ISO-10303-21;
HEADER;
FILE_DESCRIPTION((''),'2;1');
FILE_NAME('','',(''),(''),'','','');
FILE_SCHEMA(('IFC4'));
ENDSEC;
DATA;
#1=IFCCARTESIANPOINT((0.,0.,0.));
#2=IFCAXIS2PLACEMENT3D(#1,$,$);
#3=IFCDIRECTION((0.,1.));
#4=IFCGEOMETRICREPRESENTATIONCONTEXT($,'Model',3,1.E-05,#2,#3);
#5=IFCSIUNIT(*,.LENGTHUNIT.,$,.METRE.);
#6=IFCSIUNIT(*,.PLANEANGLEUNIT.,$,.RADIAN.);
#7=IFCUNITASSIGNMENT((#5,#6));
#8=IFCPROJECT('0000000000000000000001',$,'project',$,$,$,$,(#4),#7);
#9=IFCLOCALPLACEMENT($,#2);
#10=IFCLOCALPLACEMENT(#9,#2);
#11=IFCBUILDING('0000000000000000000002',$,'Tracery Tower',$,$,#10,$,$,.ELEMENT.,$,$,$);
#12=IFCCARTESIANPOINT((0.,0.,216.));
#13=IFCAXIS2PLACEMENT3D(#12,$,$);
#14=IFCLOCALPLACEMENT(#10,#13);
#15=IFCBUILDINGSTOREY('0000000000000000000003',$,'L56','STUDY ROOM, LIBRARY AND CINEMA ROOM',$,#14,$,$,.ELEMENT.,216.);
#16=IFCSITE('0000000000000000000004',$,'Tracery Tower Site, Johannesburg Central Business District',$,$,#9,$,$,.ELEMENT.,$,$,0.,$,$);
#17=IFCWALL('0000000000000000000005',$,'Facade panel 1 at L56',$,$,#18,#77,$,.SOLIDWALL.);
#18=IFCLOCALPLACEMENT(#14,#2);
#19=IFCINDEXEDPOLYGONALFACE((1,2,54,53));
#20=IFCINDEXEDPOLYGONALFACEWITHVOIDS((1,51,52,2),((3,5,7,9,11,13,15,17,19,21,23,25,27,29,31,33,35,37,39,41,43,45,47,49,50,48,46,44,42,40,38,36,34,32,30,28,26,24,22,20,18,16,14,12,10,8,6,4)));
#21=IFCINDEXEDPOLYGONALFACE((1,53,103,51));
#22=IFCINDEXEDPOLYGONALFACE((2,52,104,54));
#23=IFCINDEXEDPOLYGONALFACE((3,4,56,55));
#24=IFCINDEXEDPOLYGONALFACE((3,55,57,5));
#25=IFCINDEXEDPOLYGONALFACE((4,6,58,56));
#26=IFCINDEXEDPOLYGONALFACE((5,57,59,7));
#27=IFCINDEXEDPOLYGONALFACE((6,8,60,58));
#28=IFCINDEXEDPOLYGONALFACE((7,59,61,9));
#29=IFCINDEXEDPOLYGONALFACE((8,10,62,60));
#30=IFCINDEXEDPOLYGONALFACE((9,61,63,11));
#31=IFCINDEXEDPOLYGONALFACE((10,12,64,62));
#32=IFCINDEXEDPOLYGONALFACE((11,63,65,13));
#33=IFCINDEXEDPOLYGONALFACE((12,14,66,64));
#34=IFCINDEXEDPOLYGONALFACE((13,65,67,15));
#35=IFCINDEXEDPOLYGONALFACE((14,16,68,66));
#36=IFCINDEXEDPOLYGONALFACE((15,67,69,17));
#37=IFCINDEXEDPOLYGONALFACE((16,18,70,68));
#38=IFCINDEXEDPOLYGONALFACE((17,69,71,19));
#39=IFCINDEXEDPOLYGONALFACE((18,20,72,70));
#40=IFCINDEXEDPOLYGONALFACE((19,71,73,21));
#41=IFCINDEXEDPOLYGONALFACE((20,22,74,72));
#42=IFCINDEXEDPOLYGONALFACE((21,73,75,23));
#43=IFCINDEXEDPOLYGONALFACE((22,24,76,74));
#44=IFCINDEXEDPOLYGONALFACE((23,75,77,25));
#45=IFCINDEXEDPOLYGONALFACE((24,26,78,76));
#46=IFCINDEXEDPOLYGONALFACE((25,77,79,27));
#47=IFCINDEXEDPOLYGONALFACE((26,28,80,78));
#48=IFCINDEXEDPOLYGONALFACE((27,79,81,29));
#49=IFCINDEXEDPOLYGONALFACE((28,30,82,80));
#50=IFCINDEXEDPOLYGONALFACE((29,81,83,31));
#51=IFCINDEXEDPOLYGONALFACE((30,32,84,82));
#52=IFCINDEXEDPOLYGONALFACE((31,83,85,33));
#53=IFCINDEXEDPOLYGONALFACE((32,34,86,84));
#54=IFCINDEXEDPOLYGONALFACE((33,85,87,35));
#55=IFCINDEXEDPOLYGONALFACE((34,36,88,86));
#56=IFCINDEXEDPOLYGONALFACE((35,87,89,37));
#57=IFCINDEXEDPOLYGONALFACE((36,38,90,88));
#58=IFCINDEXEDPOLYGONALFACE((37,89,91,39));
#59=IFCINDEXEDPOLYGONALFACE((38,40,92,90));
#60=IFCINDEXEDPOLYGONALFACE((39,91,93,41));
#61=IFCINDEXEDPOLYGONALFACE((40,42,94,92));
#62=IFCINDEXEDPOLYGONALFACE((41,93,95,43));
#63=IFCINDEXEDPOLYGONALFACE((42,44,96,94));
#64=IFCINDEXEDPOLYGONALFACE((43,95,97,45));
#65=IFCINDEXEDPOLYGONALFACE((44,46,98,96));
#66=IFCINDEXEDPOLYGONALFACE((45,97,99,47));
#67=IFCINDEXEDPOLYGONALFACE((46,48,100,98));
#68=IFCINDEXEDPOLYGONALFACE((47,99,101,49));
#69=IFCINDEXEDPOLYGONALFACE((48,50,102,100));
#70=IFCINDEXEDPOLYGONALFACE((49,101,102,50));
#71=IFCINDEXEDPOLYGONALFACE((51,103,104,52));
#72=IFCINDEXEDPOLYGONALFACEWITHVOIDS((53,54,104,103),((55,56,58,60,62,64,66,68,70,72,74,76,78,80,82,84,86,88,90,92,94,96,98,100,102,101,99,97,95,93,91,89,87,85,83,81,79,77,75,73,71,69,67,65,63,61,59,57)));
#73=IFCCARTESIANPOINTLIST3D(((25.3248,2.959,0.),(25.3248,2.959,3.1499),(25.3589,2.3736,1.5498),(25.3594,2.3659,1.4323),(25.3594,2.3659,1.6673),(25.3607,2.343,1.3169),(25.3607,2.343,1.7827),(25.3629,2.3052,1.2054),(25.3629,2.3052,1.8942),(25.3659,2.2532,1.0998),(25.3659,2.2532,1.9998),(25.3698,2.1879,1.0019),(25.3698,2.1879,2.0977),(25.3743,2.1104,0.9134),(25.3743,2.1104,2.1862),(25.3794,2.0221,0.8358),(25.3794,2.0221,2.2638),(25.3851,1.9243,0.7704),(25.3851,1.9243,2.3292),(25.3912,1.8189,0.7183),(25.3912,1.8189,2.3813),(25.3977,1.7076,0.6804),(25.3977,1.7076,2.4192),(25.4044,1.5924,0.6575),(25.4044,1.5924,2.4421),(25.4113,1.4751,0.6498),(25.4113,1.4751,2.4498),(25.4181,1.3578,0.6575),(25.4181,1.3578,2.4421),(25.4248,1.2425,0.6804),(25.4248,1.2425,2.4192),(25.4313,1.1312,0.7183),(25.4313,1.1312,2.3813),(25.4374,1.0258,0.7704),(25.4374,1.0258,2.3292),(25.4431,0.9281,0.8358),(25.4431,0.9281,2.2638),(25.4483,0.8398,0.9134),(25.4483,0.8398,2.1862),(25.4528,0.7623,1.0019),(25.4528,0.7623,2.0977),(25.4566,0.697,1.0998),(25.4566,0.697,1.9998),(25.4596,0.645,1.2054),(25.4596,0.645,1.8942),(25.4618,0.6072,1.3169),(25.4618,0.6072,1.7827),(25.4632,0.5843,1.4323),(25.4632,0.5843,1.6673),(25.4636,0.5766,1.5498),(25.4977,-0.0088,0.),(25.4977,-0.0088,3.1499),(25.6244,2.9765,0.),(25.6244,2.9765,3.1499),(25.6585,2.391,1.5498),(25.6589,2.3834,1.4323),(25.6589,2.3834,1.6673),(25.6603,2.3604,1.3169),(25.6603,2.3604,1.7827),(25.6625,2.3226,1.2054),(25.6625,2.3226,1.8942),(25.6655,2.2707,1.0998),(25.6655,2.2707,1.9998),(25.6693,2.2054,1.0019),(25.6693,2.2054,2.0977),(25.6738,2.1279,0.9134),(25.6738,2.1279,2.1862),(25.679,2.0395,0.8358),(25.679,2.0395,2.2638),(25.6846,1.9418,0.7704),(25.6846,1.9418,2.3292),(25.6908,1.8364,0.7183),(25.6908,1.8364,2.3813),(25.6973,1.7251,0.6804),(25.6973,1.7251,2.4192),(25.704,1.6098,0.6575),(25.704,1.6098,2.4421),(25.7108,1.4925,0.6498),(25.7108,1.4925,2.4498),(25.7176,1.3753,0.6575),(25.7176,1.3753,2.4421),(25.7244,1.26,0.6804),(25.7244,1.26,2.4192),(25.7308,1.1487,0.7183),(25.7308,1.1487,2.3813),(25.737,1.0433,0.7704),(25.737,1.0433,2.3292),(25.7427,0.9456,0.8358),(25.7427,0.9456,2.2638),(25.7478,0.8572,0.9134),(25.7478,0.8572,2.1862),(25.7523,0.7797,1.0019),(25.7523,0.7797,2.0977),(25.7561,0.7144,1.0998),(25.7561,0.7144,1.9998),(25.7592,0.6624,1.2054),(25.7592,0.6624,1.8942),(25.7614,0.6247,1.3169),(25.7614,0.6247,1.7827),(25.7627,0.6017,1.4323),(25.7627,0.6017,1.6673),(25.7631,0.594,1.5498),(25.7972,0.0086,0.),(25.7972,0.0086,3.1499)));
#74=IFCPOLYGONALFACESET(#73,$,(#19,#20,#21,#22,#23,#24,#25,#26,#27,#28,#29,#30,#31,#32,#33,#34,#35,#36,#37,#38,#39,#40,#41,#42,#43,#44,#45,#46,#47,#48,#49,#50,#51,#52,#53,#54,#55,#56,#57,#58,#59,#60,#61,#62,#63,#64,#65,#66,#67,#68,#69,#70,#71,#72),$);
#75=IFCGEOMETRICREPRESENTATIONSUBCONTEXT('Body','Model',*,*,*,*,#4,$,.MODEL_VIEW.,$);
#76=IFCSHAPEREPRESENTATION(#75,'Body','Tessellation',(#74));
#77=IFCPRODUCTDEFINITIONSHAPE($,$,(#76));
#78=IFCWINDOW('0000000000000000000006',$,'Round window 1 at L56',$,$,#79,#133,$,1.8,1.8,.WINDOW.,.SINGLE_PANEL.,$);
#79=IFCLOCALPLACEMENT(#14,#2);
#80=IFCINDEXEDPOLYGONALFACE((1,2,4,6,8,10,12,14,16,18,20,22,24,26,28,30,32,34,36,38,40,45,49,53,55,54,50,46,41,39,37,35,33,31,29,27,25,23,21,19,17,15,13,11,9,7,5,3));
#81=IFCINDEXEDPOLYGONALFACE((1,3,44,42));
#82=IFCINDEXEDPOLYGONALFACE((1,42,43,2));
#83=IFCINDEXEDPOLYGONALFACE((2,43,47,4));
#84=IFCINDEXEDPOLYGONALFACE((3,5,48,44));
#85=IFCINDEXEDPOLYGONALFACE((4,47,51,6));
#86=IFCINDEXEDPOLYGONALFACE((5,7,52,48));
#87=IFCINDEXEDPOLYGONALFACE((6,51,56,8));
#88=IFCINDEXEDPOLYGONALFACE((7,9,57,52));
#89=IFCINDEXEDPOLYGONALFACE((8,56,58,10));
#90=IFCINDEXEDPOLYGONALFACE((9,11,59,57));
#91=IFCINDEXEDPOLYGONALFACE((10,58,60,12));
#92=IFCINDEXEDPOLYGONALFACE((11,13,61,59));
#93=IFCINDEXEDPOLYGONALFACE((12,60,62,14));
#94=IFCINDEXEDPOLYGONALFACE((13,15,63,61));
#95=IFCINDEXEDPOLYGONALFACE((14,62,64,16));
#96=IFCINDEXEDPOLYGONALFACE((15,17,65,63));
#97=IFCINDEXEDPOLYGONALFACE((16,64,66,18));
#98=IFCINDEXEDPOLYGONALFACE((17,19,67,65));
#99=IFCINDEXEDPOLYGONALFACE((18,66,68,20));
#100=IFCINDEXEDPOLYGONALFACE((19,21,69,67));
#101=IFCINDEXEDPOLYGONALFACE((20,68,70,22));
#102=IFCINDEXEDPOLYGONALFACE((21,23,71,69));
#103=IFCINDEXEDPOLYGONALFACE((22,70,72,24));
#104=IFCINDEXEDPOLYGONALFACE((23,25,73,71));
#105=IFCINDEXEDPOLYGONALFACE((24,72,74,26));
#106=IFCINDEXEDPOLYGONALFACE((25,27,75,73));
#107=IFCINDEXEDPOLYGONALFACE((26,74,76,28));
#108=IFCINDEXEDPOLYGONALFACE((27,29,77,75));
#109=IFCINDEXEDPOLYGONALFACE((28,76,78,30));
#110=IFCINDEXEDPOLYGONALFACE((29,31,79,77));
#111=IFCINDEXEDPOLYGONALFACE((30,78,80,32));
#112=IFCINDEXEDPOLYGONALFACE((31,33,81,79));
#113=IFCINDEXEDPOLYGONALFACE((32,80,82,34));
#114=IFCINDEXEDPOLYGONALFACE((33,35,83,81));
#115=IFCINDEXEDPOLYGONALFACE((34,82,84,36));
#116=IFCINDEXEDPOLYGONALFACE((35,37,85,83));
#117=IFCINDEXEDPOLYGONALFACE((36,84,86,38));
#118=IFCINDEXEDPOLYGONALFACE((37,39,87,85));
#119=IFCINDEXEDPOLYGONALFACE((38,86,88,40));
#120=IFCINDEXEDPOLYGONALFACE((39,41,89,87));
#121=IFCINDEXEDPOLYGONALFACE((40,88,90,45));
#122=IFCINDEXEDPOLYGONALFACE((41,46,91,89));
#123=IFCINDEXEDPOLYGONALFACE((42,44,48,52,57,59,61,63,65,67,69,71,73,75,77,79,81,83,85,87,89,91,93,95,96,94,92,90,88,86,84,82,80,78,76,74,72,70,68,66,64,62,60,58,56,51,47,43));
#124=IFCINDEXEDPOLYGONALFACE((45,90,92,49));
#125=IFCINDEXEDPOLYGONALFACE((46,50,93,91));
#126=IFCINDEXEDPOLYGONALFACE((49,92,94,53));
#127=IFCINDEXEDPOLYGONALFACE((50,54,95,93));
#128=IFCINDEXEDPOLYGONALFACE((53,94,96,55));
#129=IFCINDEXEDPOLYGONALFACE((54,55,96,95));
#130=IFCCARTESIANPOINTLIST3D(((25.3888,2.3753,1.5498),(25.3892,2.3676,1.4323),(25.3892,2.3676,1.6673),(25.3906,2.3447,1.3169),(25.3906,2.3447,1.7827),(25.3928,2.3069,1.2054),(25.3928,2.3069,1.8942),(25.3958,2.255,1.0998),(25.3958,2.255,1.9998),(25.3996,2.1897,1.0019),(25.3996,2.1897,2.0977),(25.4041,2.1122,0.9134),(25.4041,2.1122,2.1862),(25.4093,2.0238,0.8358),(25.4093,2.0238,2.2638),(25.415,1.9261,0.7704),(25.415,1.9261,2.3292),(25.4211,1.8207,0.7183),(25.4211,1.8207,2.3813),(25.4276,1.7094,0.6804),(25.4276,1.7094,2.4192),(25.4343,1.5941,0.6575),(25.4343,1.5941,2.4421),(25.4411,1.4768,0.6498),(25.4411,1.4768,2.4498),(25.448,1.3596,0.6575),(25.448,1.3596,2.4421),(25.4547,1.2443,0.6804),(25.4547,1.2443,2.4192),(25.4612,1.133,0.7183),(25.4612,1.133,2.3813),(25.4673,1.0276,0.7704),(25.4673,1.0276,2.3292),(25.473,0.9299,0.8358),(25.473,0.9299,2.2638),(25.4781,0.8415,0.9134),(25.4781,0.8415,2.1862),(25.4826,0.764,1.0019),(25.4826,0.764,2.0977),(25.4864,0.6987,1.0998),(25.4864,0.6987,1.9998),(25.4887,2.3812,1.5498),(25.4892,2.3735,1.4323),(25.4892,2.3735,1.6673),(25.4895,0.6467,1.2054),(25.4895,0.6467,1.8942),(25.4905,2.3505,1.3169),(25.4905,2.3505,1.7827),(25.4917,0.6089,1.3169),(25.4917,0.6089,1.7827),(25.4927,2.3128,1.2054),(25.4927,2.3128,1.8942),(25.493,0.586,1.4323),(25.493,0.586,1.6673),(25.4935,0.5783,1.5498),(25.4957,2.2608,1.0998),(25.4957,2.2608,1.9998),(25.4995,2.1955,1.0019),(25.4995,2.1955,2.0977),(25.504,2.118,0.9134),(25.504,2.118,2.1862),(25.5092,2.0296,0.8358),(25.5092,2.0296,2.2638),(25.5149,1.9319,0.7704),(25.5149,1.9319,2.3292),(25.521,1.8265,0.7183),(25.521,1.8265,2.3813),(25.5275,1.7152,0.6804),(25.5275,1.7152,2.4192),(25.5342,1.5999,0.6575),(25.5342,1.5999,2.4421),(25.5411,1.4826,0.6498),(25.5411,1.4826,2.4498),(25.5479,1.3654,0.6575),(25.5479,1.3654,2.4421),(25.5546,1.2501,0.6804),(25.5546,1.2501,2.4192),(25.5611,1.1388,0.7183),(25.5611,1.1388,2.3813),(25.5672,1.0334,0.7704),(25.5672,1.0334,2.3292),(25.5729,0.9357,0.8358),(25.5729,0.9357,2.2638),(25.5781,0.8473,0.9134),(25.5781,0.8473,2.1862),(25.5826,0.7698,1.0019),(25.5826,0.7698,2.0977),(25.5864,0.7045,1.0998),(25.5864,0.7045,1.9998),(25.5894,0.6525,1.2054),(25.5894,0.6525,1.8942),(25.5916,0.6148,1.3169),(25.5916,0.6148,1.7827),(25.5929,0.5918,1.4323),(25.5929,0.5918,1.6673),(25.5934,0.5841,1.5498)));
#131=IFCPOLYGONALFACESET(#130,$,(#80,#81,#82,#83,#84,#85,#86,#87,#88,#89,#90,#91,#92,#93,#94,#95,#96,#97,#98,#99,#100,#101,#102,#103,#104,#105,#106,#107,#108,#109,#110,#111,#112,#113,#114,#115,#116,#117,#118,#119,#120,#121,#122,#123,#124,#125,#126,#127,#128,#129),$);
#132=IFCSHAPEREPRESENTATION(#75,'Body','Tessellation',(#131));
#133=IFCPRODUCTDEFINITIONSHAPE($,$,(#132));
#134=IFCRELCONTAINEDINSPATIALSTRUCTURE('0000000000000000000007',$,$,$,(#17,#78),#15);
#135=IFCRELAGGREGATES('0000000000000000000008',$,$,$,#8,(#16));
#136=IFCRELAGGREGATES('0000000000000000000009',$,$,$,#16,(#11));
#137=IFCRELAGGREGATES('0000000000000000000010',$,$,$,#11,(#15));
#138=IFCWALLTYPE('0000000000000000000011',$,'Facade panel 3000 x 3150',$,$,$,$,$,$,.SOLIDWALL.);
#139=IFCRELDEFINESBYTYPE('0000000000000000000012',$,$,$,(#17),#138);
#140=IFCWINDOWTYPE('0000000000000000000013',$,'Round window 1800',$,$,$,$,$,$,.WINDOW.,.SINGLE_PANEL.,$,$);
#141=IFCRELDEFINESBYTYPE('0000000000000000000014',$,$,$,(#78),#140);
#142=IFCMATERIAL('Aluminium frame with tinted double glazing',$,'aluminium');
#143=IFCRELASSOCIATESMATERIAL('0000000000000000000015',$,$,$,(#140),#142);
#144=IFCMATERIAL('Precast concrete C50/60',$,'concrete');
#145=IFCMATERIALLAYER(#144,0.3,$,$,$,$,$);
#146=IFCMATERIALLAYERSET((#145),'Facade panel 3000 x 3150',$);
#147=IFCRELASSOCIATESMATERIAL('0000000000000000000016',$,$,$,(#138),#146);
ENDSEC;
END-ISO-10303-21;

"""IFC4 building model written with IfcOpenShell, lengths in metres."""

from ifc_helpers import new_model, si_unit, direction, frame, frame_2d, origin, origin_2d, place, context, subcontext, project, spatial, rectangle, circle, extrude, material, layer, layer_set, type_object, element, fill, save


model = new_model("IFC4")

# Units and contexts
model_context = context("Model", 3, precision=1e-05, world=origin(), true_north=direction((0.0, 1.0)))
body_context = subcontext(model_context, "Body", "Model", "MODEL_VIEW")
ifc_project = project(units=[si_unit("LENGTHUNIT", "METRE"), si_unit("PLANEANGLEUNIT", "RADIAN")], contexts=[model_context])

# Site, building, storey
site_placement = place(None, origin())
site = spatial("IfcSite", under=ifc_project, at=site_placement, Name="Tracery Tower Site, Johannesburg Central Business District", CompositionType="ELEMENT", RefElevation=0.0)
building_placement = place(site_placement, origin())
building = spatial("IfcBuilding", under=site, at=building_placement, Name="Tracery Tower", CompositionType="ELEMENT")
storey_placement = place(building_placement, frame((0.0, 0.0, 216.0)))
storey = spatial("IfcBuildingStorey", under=building, at=storey_placement, Name="L56", Description="STUDY ROOM, LIBRARY AND CINEMA ROOM", CompositionType="ELEMENT", Elevation=216.0)

# Wall, opening, window
ifc_material_1 = material(Name="Aluminium frame with tinted double glazing", Category="aluminium")
window_type = type_object("IfcWindowType", Name="Round window 1800", PartitioningType="SINGLE_PANEL", PredefinedType="WINDOW", material=ifc_material_1)
ifc_material_2 = material(Name="Precast concrete C50/60", Category="concrete")
ifc_layer_1 = layer(ifc_material_2, 0.3)
ifc_layer_set_1 = layer_set([ifc_layer_1], Name="Facade panel 3000 x 3150")
wall_type_1 = type_object("IfcWallType", Name="Facade panel 3000 x 3150", PredefinedType="SOLIDWALL", material=ifc_layer_set_1)
wall_1_placement = place(storey_placement, frame((25.6475, 0.0, 0.0), z_axis=(0.0, 0.0, 1.0), x_axis=(-0.058144, 0.998308, 0.0)))
wall_1 = element("IfcWall", 1, at=wall_1_placement, inside=storey, type_object=wall_type_1, Name="Facade panel 1 at L56", PredefinedType="SOLIDWALL", context=body_context, shape_type="SweptSolid", body=[
    extrude(rectangle(XDim=2.9729, YDim=0.3, at=frame_2d((1.4863, 0.0))), origin(), (0.0, 0.0, 1.0), 3.1499),
])
opening_1_placement = place(wall_1_placement, frame((1.4863, 0.0, 1.5498)))
opening_1 = element("IfcOpeningElement", 2, at=opening_1_placement, cuts=wall_1, PredefinedType="OPENING", context=body_context, shape_type="SweptSolid", body=[
    extrude(circle(Radius=0.9, at=origin_2d()), frame((0.0, 0.1599, 0.0), z_axis=(0.0, -1.0, 0.0), x_axis=(1.0, 0.0, 0.0)), (0.0, 0.0, 1.0), 0.3201),
])
window_1_placement = place(opening_1_placement, origin())
window_1 = element("IfcWindow", 3, at=window_1_placement, inside=storey, type_object=window_type, Name="Round window 1 at L56", OverallHeight=1.8, OverallWidth=1.8, PartitioningType="SINGLE_PANEL", PredefinedType="WINDOW", context=body_context, shape_type="SweptSolid", body=[
    extrude(circle(Radius=0.9, at=origin_2d()), frame((0.0, 0.1201, 0.0), z_axis=(0.0, -1.0, 0.0), x_axis=(1.0, 0.0, 0.0)), (0.0, 0.0, 1.0), 0.1001),
])
fill(opening_1, window_1)

save(model, "model.ifc")
